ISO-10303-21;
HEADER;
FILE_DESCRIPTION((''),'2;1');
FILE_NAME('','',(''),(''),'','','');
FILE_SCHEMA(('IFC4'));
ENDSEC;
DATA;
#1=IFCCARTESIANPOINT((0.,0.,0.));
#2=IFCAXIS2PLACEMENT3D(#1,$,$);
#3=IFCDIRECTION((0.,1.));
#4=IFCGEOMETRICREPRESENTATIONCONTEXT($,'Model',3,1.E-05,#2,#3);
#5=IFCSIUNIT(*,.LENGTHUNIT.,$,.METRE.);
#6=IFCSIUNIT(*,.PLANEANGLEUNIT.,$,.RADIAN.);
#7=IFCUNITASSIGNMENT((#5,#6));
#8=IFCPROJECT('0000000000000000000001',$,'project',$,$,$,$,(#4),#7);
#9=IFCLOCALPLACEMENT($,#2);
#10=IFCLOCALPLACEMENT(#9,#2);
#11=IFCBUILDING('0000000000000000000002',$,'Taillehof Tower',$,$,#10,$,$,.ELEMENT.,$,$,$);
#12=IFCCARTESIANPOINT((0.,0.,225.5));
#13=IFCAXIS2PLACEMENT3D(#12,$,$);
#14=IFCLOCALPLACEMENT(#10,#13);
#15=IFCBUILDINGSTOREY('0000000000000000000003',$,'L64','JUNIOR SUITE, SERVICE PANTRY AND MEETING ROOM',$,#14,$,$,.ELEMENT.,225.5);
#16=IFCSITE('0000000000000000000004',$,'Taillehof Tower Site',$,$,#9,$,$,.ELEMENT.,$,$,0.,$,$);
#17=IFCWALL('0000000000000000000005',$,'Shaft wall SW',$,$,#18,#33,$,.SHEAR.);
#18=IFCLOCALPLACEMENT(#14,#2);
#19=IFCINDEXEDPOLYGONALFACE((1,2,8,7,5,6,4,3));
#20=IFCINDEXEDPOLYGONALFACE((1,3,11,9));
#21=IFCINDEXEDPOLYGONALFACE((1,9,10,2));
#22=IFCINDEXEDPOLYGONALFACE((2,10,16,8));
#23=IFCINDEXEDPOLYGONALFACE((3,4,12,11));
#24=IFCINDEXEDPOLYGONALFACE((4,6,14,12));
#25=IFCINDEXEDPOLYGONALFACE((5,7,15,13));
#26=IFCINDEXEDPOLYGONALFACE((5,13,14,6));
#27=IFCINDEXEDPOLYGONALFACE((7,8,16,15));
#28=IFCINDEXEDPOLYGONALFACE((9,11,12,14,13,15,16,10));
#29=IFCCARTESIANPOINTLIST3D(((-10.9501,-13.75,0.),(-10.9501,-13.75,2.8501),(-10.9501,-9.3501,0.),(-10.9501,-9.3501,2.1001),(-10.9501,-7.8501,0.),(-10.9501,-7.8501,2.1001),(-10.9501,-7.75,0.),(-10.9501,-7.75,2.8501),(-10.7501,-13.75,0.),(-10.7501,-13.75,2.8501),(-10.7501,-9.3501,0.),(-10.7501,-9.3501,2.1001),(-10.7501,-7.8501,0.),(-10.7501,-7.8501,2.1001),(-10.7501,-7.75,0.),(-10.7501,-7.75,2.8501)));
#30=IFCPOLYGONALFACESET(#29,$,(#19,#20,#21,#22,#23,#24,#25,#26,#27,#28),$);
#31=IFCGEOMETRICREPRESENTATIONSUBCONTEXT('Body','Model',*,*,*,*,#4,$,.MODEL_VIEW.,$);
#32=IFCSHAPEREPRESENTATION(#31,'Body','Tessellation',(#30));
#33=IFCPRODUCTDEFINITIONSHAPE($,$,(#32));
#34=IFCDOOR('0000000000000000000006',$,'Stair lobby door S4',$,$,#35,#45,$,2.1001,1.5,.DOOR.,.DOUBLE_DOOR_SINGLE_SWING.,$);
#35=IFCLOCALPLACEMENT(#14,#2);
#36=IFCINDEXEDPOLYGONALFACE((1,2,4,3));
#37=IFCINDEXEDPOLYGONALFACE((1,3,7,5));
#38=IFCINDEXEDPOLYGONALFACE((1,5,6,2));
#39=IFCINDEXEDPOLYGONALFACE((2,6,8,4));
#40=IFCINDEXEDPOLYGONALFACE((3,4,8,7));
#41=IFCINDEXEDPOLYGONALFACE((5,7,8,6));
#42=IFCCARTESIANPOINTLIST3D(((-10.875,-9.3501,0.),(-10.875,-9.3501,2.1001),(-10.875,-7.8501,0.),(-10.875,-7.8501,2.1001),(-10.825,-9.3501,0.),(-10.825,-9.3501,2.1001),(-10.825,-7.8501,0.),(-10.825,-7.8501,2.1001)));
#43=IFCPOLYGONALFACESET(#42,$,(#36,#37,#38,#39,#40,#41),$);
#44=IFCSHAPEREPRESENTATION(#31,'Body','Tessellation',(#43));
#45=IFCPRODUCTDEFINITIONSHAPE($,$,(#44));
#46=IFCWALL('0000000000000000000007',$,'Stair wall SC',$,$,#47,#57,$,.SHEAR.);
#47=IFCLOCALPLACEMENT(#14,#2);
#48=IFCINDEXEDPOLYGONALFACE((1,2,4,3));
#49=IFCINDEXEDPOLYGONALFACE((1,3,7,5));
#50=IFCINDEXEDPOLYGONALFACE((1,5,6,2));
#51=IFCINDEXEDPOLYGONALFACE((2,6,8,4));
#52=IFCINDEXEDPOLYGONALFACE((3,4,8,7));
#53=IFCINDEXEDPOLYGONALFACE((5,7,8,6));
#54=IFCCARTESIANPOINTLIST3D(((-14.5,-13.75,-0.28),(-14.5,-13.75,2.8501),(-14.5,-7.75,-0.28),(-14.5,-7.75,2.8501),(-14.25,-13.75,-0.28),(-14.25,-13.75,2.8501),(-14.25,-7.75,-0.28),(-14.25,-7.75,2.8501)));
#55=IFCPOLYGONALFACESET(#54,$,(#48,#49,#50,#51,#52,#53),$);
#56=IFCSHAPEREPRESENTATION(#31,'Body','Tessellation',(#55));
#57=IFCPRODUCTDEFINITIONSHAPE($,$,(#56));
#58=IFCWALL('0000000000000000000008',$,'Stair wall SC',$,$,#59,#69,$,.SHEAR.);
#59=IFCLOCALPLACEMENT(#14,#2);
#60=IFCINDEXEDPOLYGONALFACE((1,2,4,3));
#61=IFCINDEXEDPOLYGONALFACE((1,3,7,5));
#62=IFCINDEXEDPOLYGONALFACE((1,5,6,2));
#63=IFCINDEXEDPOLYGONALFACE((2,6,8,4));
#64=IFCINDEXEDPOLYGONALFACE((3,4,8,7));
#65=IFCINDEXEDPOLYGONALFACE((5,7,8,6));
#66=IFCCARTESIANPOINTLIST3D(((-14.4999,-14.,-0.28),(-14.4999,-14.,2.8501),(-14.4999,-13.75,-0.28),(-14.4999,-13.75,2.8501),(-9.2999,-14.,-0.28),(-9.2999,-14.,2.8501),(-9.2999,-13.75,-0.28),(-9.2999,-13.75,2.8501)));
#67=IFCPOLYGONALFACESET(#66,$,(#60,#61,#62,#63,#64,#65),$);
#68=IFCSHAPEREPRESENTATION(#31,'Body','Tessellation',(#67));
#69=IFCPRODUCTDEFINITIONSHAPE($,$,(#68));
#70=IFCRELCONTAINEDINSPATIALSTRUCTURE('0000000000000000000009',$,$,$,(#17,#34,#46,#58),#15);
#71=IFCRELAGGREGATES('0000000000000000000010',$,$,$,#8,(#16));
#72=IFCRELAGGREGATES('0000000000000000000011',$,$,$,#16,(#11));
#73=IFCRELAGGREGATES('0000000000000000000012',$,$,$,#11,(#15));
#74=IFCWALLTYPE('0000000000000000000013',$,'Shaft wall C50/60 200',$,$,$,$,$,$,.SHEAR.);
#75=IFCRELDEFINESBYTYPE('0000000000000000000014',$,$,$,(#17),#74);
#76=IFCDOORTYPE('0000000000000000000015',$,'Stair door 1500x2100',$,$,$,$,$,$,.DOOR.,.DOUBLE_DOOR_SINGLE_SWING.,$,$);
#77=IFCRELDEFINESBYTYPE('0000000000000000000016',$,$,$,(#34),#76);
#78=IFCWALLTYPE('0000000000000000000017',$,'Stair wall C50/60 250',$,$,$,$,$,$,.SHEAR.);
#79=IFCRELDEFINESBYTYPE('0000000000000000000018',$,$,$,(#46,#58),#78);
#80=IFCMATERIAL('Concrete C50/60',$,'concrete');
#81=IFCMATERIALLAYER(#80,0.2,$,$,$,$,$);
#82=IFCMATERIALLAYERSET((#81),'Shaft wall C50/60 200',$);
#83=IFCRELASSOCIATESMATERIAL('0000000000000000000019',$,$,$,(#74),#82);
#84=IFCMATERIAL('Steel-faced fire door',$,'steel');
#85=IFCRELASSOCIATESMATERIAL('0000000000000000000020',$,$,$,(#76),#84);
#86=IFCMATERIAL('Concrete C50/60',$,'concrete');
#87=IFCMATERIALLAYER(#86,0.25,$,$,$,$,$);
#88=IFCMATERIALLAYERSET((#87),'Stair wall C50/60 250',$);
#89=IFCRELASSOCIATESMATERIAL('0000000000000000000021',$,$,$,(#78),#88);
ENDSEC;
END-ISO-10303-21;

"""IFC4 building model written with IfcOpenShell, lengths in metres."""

from ifc_helpers import new_model, si_unit, direction, frame, frame_2d, origin, place, context, subcontext, project, spatial, rectangle, extrude, material, layer, layer_set, type_object, element, fill, save


model = new_model("IFC4")

# Units and contexts
model_context = context("Model", 3, precision=1e-05, world=origin(), true_north=direction((0.0, 1.0)))
body_context = subcontext(model_context, "Body", "Model", "MODEL_VIEW")
ifc_project = project(units=[si_unit("LENGTHUNIT", "METRE"), si_unit("PLANEANGLEUNIT", "RADIAN")], contexts=[model_context])

# Site, building, storey
site_placement = place(None, origin())
site = spatial("IfcSite", under=ifc_project, at=site_placement, Name="Taillehof Tower Site", CompositionType="ELEMENT", RefElevation=0.0)
building_placement = place(site_placement, origin())
building = spatial("IfcBuilding", under=site, at=building_placement, Name="Taillehof Tower", CompositionType="ELEMENT")
storey_placement = place(building_placement, frame((0.0, 0.0, 225.5)))
storey = spatial("IfcBuildingStorey", under=building, at=storey_placement, Name="L64", Description="JUNIOR SUITE, SERVICE PANTRY AND MEETING ROOM", CompositionType="ELEMENT", Elevation=225.5)

# Wall, opening, door
ifc_material_1 = material(Name="Concrete C50/60", Category="concrete")
ifc_layer_1 = layer(ifc_material_1, 0.2)
ifc_layer_set_1 = layer_set([ifc_layer_1], Name="Shaft wall C50/60 200")
wall_type_1 = type_object("IfcWallType", Name="Shaft wall C50/60 200", PredefinedType="SHEAR", material=ifc_layer_set_1)
wall_1_placement = place(storey_placement, frame((-10.8501, -13.75, 0.0), z_axis=(0.0, 0.0, 1.0), x_axis=(0.0, 1.0, 0.0)))
wall_1 = element("IfcWall", 1, at=wall_1_placement, inside=storey, type_object=wall_type_1, Name="Shaft wall SW", PredefinedType="SHEAR", context=body_context, shape_type="SweptSolid", body=[
    extrude(rectangle(XDim=6.0, YDim=0.2, at=frame_2d((3.0, 0.0))), origin(), (0.0, 0.0, 1.0), 2.8501),
])
opening_1_placement = place(wall_1_placement, frame((4.3999, 0.0, 0.0)))
opening_1 = element("IfcOpeningElement", 2, at=opening_1_placement, cuts=wall_1, PredefinedType="OPENING", context=body_context, shape_type="SweptSolid", body=[
    extrude(rectangle(XDim=1.5, YDim=2.1001, at=frame_2d((0.75, 1.05))), frame((0.0, 0.1099, 0.0), z_axis=(0.0, -1.0, 0.0), x_axis=(1.0, 0.0, 0.0)), (0.0, 0.0, 1.0), 0.22),
])
ifc_material_2 = material(Name="Steel-faced fire door", Category="steel")
door_type = type_object("IfcDoorType", Name="Stair door 1500x2100", OperationType="DOUBLE_DOOR_SINGLE_SWING", PredefinedType="DOOR", material=ifc_material_2)
door_placement = place(opening_1_placement, origin())
door = element("IfcDoor", 3, at=door_placement, inside=storey, type_object=door_type, Name="Stair lobby door S4", OperationType="DOUBLE_DOOR_SINGLE_SWING", OverallHeight=2.1001, OverallWidth=1.5, PredefinedType="DOOR", context=body_context, shape_type="SweptSolid", body=[
    extrude(rectangle(XDim=1.5, YDim=2.1001, at=frame_2d((0.75, 1.05))), frame((0.0, 0.0249, 0.0), z_axis=(0.0, -1.0, 0.0), x_axis=(1.0, 0.0, 0.0)), (0.0, 0.0, 1.0), 0.05),
])
fill(opening_1, door)

# Walls
ifc_material_3 = material(Name="Concrete C50/60", Category="concrete")
ifc_layer_2 = layer(ifc_material_3, 0.25)
ifc_layer_set_2 = layer_set([ifc_layer_2], Name="Stair wall C50/60 250")
wall_type_2 = type_object("IfcWallType", Name="Stair wall C50/60 250", PredefinedType="SHEAR", material=ifc_layer_set_2)
wall_2_placement = place(storey_placement, frame((-14.375, -13.75, -0.28), z_axis=(0.0, 0.0, 1.0), x_axis=(0.0, 1.0, 0.0)))
element("IfcWall", 4, at=wall_2_placement, inside=storey, type_object=wall_type_2, Name="Stair wall SC", PredefinedType="SHEAR", context=body_context, shape_type="SweptSolid", body=[
    extrude(rectangle(XDim=6.0, YDim=0.25, at=frame_2d((3.0, 0.0))), origin(), (0.0, 0.0, 1.0), 3.1301),
])
wall_3_placement = place(storey_placement, frame((-14.5, -13.875, -0.28), z_axis=(0.0, 0.0, 1.0), x_axis=(1.0, 0.0, 0.0)))
element("IfcWall", 5, at=wall_3_placement, inside=storey, type_object=wall_type_2, Name="Stair wall SC", PredefinedType="SHEAR", context=body_context, shape_type="SweptSolid", body=[
    extrude(rectangle(XDim=5.2, YDim=0.25, at=frame_2d((2.6001, 0.0))), origin(), (0.0, 0.0, 1.0), 3.1301),
])

save(model, "model.ifc")
